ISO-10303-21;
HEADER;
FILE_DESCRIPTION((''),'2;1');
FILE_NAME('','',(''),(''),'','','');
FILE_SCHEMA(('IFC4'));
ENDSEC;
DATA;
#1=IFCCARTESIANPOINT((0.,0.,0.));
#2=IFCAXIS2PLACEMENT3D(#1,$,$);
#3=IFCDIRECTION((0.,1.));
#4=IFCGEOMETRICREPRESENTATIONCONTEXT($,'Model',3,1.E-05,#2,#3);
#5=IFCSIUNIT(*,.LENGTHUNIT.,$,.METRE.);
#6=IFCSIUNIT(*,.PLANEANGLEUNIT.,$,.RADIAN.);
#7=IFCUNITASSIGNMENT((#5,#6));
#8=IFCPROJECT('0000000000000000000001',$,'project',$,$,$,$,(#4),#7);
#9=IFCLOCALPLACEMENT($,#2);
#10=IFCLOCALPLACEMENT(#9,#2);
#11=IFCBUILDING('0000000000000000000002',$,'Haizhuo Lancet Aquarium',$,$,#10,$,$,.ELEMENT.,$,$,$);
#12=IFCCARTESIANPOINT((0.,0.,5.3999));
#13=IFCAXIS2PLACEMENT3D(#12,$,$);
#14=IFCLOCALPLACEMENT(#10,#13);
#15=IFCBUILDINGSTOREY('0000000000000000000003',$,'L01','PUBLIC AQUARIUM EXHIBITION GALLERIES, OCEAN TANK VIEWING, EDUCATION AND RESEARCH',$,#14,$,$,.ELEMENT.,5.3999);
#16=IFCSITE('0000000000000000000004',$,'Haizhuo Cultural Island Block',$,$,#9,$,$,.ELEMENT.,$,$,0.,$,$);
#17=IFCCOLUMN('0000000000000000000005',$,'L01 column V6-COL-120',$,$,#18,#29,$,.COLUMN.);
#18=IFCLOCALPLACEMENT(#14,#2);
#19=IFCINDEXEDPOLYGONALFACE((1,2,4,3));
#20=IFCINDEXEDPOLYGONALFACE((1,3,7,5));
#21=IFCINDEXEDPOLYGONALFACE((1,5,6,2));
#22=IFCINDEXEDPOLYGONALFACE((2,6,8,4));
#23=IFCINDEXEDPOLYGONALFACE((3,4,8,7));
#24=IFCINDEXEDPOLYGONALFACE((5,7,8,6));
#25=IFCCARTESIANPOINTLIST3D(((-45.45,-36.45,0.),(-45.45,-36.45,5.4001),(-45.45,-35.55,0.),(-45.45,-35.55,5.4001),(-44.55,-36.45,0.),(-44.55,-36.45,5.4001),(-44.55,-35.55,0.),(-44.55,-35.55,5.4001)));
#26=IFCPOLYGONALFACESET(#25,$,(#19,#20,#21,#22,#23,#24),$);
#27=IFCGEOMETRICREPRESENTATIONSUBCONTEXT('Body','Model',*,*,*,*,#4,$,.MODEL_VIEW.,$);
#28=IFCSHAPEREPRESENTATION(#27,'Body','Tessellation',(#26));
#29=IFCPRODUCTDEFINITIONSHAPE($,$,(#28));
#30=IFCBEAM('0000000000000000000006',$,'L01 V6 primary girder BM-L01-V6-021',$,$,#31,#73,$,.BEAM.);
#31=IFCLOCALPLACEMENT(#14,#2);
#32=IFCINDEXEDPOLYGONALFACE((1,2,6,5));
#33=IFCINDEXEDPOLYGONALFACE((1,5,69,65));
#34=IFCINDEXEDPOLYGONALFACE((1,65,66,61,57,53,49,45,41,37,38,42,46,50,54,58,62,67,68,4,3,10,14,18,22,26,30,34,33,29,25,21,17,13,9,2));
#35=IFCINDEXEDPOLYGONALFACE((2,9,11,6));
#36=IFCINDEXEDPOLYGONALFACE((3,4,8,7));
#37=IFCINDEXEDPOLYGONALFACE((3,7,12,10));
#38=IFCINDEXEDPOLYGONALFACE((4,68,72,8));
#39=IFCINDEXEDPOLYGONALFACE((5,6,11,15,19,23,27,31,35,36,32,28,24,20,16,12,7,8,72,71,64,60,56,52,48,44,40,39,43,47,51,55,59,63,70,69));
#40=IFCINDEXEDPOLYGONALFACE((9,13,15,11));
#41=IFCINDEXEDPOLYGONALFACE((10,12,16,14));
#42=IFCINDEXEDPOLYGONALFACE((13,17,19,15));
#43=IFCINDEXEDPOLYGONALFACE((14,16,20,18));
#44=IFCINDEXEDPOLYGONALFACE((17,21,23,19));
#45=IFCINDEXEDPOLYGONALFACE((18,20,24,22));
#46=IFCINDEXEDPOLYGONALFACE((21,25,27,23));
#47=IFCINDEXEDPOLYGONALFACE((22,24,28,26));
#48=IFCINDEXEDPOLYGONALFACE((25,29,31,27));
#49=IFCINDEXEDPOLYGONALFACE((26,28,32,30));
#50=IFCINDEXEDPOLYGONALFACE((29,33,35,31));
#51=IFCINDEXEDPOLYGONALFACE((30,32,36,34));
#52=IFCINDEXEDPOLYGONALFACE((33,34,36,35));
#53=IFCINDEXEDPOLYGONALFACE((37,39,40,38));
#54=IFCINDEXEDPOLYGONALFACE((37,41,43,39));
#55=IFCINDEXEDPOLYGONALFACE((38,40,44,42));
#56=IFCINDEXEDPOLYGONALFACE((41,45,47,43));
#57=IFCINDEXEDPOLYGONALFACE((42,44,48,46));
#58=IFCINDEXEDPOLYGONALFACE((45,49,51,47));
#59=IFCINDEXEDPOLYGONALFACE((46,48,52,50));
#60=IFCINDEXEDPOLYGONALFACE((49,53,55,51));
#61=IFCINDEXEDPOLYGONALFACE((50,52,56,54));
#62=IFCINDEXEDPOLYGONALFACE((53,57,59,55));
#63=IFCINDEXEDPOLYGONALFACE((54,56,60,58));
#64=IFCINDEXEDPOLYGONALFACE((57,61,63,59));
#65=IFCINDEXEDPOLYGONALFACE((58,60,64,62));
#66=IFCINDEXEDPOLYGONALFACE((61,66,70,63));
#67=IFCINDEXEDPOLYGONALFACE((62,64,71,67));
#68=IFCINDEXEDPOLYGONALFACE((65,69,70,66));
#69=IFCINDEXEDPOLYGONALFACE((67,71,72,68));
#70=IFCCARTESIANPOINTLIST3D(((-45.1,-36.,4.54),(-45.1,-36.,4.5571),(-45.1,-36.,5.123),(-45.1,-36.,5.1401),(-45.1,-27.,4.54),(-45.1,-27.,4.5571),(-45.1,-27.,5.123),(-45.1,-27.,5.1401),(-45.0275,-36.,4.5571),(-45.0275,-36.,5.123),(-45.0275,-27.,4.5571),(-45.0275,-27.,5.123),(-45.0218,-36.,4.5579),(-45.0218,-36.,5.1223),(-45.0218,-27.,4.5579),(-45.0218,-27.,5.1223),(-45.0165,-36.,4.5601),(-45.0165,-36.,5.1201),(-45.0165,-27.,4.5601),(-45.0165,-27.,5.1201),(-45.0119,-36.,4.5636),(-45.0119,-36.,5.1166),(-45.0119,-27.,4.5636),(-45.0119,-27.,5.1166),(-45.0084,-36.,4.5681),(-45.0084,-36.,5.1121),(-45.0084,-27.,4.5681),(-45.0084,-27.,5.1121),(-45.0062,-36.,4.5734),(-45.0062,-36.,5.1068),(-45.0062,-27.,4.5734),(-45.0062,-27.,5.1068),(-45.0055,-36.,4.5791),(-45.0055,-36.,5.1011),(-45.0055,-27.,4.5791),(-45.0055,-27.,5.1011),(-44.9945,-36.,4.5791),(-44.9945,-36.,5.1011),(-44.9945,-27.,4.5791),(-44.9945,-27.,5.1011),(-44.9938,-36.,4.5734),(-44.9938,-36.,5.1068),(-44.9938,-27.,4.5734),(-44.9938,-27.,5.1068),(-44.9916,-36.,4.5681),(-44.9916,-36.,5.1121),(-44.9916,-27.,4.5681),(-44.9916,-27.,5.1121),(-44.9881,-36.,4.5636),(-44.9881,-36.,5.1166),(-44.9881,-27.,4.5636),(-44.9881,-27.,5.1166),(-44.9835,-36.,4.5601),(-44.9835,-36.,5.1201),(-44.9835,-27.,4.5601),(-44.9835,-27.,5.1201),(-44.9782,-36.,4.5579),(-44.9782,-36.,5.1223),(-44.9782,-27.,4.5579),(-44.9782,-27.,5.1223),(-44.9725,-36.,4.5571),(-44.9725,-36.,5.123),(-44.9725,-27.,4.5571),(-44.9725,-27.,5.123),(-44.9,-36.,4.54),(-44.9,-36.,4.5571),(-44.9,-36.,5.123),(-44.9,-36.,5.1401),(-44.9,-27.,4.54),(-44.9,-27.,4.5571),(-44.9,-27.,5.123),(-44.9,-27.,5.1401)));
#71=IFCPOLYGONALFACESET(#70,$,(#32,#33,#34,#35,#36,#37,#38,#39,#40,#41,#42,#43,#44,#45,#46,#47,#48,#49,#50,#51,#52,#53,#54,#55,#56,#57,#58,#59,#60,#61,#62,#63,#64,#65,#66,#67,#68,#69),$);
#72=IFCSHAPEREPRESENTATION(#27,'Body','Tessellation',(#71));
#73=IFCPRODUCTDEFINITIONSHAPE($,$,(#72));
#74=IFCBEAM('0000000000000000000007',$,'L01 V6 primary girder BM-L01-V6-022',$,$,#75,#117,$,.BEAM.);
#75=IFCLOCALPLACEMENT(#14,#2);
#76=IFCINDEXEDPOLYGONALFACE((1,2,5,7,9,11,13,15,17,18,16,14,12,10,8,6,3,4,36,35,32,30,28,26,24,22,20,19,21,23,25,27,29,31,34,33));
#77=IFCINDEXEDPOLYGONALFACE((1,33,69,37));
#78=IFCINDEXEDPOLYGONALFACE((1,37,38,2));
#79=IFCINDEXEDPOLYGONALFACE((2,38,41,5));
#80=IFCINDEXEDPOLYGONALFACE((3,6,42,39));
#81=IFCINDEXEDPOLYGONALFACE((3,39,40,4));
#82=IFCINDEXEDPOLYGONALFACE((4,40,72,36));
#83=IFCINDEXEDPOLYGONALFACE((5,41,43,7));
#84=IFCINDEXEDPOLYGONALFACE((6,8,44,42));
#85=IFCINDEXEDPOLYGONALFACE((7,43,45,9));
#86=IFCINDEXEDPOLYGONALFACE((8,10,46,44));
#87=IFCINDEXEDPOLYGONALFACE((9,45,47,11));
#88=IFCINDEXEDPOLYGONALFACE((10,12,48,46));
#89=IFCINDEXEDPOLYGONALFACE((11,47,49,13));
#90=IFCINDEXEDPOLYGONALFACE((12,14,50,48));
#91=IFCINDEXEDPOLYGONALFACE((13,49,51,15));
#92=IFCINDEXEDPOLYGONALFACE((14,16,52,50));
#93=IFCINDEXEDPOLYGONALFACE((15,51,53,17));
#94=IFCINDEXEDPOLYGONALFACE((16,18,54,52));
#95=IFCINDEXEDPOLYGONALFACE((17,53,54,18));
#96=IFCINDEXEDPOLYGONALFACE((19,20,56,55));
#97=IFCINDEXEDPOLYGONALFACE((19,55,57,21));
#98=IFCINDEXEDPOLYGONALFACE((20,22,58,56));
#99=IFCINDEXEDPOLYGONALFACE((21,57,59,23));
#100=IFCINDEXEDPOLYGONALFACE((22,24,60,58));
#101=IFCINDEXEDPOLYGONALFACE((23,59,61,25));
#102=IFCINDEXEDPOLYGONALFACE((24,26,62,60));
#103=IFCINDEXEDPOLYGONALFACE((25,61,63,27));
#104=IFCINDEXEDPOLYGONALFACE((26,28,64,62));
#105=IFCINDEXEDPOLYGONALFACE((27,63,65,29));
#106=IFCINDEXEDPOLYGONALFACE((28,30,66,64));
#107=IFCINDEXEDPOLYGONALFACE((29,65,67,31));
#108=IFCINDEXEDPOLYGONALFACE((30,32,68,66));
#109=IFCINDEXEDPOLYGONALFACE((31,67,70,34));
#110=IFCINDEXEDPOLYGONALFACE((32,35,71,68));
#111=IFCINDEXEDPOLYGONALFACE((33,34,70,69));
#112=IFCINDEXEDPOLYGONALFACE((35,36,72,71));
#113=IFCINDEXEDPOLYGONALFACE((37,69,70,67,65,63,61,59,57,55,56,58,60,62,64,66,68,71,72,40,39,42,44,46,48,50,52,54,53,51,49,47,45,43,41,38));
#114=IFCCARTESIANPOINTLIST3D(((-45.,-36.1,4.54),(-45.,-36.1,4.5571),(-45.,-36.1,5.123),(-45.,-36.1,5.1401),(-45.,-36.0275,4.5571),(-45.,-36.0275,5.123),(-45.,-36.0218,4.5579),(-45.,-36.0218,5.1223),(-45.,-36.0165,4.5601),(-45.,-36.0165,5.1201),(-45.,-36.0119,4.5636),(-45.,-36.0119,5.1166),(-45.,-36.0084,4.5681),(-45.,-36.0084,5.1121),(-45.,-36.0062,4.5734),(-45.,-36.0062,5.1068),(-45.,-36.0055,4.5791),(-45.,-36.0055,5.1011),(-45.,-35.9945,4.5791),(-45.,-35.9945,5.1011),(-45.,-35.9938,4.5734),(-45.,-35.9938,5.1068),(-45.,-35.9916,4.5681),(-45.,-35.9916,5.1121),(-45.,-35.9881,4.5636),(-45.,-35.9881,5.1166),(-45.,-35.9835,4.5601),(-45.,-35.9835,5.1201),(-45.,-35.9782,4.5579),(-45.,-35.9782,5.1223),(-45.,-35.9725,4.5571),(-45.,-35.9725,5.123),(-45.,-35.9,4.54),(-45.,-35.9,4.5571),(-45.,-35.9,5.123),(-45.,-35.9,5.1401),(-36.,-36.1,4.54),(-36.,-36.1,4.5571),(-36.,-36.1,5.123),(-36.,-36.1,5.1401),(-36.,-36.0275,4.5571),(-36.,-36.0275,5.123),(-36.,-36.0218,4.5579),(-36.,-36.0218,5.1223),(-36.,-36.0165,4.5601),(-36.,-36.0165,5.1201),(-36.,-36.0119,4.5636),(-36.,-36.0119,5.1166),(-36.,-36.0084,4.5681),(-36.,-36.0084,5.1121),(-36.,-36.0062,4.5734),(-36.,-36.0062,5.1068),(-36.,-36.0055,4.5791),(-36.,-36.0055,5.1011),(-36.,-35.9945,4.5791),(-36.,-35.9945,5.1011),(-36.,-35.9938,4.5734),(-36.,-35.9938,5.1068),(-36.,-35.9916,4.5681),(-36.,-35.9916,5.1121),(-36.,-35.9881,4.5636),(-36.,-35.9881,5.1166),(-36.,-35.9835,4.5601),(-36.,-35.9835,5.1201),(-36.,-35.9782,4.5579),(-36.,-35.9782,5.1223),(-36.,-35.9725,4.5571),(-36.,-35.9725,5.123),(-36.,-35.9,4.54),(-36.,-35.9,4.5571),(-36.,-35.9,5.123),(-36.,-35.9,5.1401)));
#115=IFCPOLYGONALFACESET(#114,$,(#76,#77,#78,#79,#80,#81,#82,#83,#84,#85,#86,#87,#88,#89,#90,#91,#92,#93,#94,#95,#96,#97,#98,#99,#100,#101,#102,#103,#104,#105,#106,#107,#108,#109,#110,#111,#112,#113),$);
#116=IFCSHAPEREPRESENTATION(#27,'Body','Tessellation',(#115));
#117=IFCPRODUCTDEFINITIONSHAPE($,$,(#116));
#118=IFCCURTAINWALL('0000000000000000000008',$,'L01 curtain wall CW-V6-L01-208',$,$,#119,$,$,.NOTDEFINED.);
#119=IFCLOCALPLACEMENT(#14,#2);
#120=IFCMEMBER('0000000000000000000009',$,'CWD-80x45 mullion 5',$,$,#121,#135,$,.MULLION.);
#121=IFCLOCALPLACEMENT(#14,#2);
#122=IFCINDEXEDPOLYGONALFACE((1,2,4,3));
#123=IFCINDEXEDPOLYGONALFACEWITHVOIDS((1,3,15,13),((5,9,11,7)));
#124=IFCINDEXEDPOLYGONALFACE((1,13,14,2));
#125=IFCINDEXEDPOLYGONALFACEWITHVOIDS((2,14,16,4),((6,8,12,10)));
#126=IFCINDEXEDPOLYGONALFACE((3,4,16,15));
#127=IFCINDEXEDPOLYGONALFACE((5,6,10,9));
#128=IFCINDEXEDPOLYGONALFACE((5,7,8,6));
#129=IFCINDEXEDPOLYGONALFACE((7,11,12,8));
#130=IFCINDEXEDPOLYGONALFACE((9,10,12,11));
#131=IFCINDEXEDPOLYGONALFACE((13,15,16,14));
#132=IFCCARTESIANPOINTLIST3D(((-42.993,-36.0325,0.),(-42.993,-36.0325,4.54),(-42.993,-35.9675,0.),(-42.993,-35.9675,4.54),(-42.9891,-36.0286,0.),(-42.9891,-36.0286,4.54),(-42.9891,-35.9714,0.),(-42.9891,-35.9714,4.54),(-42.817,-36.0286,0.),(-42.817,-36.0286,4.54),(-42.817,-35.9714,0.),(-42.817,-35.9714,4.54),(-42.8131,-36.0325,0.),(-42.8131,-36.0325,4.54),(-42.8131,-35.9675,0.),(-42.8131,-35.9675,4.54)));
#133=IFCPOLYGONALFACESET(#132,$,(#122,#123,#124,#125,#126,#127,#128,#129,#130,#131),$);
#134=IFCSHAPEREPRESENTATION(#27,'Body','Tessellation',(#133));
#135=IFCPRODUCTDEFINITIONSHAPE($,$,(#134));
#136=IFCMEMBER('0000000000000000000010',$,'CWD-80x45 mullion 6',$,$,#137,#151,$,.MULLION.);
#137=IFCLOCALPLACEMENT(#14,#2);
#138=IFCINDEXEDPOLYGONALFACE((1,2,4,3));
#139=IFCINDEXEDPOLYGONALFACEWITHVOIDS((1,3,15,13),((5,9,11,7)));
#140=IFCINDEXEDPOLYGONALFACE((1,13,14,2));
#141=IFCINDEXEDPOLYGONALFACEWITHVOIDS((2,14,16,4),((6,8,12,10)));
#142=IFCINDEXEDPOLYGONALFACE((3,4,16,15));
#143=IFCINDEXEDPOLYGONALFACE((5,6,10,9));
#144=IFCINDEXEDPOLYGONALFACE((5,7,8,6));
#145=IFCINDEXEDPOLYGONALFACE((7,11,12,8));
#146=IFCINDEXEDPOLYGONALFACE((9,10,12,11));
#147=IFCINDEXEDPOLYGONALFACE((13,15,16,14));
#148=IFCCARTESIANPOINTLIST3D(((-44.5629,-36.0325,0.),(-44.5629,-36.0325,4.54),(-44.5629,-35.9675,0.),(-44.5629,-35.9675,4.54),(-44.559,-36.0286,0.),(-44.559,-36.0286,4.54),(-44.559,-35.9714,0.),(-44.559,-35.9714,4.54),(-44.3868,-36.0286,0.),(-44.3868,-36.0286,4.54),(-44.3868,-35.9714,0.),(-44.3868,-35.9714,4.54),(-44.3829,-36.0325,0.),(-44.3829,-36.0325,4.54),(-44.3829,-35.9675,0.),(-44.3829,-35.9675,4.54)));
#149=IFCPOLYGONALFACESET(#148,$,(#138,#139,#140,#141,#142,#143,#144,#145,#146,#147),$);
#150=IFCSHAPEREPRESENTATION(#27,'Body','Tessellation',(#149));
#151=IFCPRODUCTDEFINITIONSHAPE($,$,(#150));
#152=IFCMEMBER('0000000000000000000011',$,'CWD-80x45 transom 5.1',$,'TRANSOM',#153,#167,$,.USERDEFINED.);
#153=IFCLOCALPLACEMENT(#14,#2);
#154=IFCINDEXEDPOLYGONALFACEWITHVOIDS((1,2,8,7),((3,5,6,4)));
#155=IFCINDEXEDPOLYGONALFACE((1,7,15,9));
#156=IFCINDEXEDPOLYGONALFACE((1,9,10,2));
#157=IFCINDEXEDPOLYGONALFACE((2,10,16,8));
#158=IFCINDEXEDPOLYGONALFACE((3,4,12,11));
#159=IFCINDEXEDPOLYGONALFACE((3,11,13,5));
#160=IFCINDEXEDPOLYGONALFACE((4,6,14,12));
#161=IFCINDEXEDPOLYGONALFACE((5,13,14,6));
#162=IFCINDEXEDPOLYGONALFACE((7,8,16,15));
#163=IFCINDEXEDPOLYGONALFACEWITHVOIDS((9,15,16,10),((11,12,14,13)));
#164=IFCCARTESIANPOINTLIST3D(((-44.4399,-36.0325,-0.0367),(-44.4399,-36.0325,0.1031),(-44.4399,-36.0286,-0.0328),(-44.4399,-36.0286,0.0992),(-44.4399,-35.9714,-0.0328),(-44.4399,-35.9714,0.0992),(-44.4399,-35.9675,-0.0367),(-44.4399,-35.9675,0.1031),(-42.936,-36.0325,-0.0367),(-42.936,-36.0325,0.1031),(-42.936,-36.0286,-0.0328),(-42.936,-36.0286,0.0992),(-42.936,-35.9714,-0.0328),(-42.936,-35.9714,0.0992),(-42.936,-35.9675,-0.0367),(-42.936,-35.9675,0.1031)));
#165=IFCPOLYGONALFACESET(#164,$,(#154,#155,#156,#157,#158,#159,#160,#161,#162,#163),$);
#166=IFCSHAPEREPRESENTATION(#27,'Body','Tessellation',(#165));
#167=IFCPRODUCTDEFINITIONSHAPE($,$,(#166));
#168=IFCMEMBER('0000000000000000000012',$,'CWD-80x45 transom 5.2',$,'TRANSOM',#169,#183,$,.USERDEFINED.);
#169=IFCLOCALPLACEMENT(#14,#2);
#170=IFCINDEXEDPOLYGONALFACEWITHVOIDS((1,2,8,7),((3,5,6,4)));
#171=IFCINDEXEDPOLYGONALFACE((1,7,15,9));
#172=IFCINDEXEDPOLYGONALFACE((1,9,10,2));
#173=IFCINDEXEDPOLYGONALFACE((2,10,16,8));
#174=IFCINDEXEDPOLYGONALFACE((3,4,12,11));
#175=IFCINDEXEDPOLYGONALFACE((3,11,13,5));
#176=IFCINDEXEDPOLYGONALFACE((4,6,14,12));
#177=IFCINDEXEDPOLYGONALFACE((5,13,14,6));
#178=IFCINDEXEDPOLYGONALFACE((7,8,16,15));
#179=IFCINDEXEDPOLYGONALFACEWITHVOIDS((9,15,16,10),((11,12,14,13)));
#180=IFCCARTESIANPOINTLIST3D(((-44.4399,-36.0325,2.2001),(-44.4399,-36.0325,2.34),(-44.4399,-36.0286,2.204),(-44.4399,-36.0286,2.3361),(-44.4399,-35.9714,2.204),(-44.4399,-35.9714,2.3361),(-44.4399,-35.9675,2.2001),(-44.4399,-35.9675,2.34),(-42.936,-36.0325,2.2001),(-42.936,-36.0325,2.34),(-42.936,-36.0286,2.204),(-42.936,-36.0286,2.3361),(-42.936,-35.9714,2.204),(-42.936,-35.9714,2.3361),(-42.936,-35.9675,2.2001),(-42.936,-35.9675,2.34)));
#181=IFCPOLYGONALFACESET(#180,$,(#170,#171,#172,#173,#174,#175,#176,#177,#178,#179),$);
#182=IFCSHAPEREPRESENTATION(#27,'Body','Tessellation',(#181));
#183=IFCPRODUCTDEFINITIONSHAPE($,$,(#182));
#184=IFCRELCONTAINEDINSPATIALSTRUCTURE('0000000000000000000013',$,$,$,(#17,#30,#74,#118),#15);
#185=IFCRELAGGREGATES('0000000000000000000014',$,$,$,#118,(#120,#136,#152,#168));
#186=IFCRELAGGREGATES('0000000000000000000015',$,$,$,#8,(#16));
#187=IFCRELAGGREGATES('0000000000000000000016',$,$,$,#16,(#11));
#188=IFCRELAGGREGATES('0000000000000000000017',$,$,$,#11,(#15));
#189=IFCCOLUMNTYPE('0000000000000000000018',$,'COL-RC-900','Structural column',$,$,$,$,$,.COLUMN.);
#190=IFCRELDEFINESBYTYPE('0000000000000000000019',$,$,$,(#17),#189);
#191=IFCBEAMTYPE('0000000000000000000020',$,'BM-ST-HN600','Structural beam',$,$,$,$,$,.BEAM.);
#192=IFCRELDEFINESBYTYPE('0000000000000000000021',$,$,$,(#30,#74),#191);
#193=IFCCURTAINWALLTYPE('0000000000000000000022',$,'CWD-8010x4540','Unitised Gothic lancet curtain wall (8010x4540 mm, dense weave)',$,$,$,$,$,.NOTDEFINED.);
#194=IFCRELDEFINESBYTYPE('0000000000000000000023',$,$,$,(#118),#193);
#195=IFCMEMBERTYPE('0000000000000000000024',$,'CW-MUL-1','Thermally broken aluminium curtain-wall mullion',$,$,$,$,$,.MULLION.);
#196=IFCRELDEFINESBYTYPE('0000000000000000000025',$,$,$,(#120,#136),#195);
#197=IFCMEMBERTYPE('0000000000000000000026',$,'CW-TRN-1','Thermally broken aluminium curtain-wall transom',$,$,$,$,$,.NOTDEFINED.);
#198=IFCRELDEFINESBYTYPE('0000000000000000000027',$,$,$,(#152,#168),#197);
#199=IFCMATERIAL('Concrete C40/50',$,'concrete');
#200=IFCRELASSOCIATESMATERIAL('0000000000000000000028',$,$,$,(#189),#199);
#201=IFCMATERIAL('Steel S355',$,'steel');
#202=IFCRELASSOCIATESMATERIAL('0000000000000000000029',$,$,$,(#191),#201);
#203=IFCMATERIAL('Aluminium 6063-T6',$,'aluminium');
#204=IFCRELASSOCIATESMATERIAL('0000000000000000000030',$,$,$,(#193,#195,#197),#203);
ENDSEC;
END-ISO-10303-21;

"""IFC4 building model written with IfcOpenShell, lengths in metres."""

from ifc_helpers import new_model, si_unit, direction, frame, origin, origin_2d, place, context, subcontext, project, spatial, rectangle, hollow_rectangle, i_section, extrude, material, material_profile, profile_set, type_object, element, aggregate, save


model = new_model("IFC4")

# Units and contexts
model_context = context("Model", 3, precision=1e-05, world=origin(), true_north=direction((0.0, 1.0)))
body_context = subcontext(model_context, "Body", "Model", "MODEL_VIEW")
ifc_project = project(units=[si_unit("LENGTHUNIT", "METRE"), si_unit("PLANEANGLEUNIT", "RADIAN")], contexts=[model_context])

# Site, building, storey
site_placement = place(None, origin())
site = spatial("IfcSite", under=ifc_project, at=site_placement, Name="Haizhuo Cultural Island Block", CompositionType="ELEMENT", RefElevation=0.0)
building_placement = place(site_placement, origin())
building = spatial("IfcBuilding", under=site, at=building_placement, Name="Haizhuo Lancet Aquarium", CompositionType="ELEMENT")
storey_placement = place(building_placement, frame((0.0, 0.0, 5.3999)))
storey = spatial("IfcBuildingStorey", under=building, at=storey_placement, Name="L01", Description="PUBLIC AQUARIUM EXHIBITION GALLERIES, OCEAN TANK VIEWING, EDUCATION AND RESEARCH", CompositionType="ELEMENT", Elevation=5.3999)

# Column
ifc_material_1 = material(Name="Concrete C40/50", Category="concrete")
ifc_material_profile_1 = material_profile(ifc_material_1, rectangle(XDim=0.8999, YDim=0.8999, at=origin_2d()), Name="RC-COL 900x900")
ifc_profile_set_1 = profile_set([ifc_material_profile_1], Name="Concrete C40/50")
column_type = type_object("IfcColumnType", Name="COL-RC-900", Description="Structural column", PredefinedType="COLUMN", material=ifc_profile_set_1)
column_placement = place(storey_placement, frame((-45.0, -36.0, 0.0), z_axis=(0.0, 0.0, 1.0), x_axis=(1.0, 0.0, 0.0)))
element("IfcColumn", 1, at=column_placement, inside=storey, type_object=column_type, Name="L01 column V6-COL-120", PredefinedType="COLUMN", context=body_context, shape_type="SweptSolid", body=[
    extrude(rectangle(XDim=0.8999, YDim=0.8999, at=origin_2d()), origin(), (0.0, 0.0, 1.0), 5.4001),
])

# Beams
ifc_material_2 = material(Name="Steel S355", Category="steel")
ifc_material_profile_2 = material_profile(ifc_material_2, i_section(OverallWidth=0.2, OverallDepth=0.6001, WebThickness=0.011, FlangeThickness=0.0171, FilletRadius=0.022, at=origin_2d()), Name="HN 600x200x11x17")
ifc_profile_set_2 = profile_set([ifc_material_profile_2], Name="Steel S355")
beam_type_1 = type_object("IfcBeamType", Name="BM-ST-HN600", Description="Structural beam", PredefinedType="BEAM", material=ifc_profile_set_2)
for number, where, z_axis, x_axis, name in (
    (2, (-45.0, -36.0, 4.8401), (0.0, 1.0, 0.0), (-1.0, 0.0, 0.0), "L01 V6 primary girder BM-L01-V6-021"),
    (3, (-45.0, -36.0, 4.8401), (1.0, 0.0, 0.0), (0.0, 1.0, 0.0), "L01 V6 primary girder BM-L01-V6-022"),
):
    element("IfcBeam", number, at=place(storey_placement, frame(where, z_axis=z_axis, x_axis=x_axis)), inside=storey, type_object=beam_type_1, Name=name, PredefinedType="BEAM", context=body_context, shape_type="SweptSolid", body=[
        extrude(i_section(OverallWidth=0.2, OverallDepth=0.6001, WebThickness=0.011, FlangeThickness=0.0171, FilletRadius=0.022, at=origin_2d()), origin(), (0.0, 0.0, 1.0), 9.0),
    ])

# Curtain wall, members
ifc_material_3 = material(Name="Aluminium 6063-T6", Category="aluminium")
curtain_wall_type = type_object("IfcCurtainWallType", Name="CWD-8010x4540", Description="Unitised Gothic lancet curtain wall (8010x4540 mm, dense weave)", PredefinedType="NOTDEFINED", material=ifc_material_3)
curtain_wall_placement = place(storey_placement, origin())
curtain_wall = element("IfcCurtainWall", 4, at=curtain_wall_placement, inside=storey, type_object=curtain_wall_type, Name="L01 curtain wall CW-V6-L01-208", PredefinedType="NOTDEFINED")
ifc_material_profile_3 = material_profile(ifc_material_3, hollow_rectangle(XDim=0.0649, YDim=0.1799, WallThickness=0.0039, at=origin_2d()), Name="ALU-M 65x180x4")
ifc_profile_set_3 = profile_set([ifc_material_profile_3], Name="Aluminium 6063-T6")
member_type_1 = type_object("IfcMemberType", Name="CW-MUL-1", Description="Thermally broken aluminium curtain-wall mullion", PredefinedType="MULLION", material=ifc_profile_set_3)
member_1_placement = place(storey_placement, frame((-42.9031, -36.0, 0.0), z_axis=(0.0, 0.0, 1.0), x_axis=(0.0, -1.0, 0.0)))
member_1 = element("IfcMember", 5, at=member_1_placement, type_object=member_type_1, Name="CWD-80x45 mullion 5", PredefinedType="MULLION", context=body_context, shape_type="SweptSolid", body=[
    extrude(hollow_rectangle(XDim=0.0649, YDim=0.1799, WallThickness=0.0039, at=origin_2d()), origin(), (0.0, 0.0, 1.0), 4.54),
])
member_2_placement = place(storey_placement, frame((-44.4729, -36.0, 0.0), z_axis=(0.0, 0.0, 1.0), x_axis=(0.0, -1.0, 0.0)))
member_2 = element("IfcMember", 6, at=member_2_placement, type_object=member_type_1, Name="CWD-80x45 mullion 6", PredefinedType="MULLION", context=body_context, shape_type="SweptSolid", body=[
    extrude(hollow_rectangle(XDim=0.0649, YDim=0.1799, WallThickness=0.0039, at=origin_2d()), origin(), (0.0, 0.0, 1.0), 4.54),
])
ifc_material_profile_4 = material_profile(ifc_material_3, hollow_rectangle(XDim=0.0649, YDim=0.1399, WallThickness=0.0039, at=origin_2d()), Name="ALU-T 65x140x4")
ifc_profile_set_4 = profile_set([ifc_material_profile_4], Name="Aluminium 6063-T6")
member_type_2 = type_object("IfcMemberType", Name="CW-TRN-1", Description="Thermally broken aluminium curtain-wall transom", PredefinedType="NOTDEFINED", material=ifc_profile_set_4)
member_3_placement = place(storey_placement, frame((-42.936, -36.0, 0.0332), z_axis=(-1.0, 0.0, 0.0), x_axis=(0.0, -1.0, 0.0)))
member_3 = element("IfcMember", 7, at=member_3_placement, type_object=member_type_2, Name="CWD-80x45 transom 5.1", ObjectType="TRANSOM", PredefinedType="USERDEFINED", context=body_context, shape_type="SweptSolid", body=[
    extrude(hollow_rectangle(XDim=0.0649, YDim=0.1399, WallThickness=0.0039, at=origin_2d()), origin(), (0.0, 0.0, 1.0), 1.5039),
])
member_4_placement = place(storey_placement, frame((-42.936, -36.0, 2.27), z_axis=(-1.0, 0.0, 0.0), x_axis=(0.0, -1.0, 0.0)))
member_4 = element("IfcMember", 8, at=member_4_placement, type_object=member_type_2, Name="CWD-80x45 transom 5.2", ObjectType="TRANSOM", PredefinedType="USERDEFINED", context=body_context, shape_type="SweptSolid", body=[
    extrude(hollow_rectangle(XDim=0.0649, YDim=0.1399, WallThickness=0.0039, at=origin_2d()), origin(), (0.0, 0.0, 1.0), 1.5039),
])

aggregate(curtain_wall, [member_1, member_2, member_3, member_4])

save(model, "model.ifc")
